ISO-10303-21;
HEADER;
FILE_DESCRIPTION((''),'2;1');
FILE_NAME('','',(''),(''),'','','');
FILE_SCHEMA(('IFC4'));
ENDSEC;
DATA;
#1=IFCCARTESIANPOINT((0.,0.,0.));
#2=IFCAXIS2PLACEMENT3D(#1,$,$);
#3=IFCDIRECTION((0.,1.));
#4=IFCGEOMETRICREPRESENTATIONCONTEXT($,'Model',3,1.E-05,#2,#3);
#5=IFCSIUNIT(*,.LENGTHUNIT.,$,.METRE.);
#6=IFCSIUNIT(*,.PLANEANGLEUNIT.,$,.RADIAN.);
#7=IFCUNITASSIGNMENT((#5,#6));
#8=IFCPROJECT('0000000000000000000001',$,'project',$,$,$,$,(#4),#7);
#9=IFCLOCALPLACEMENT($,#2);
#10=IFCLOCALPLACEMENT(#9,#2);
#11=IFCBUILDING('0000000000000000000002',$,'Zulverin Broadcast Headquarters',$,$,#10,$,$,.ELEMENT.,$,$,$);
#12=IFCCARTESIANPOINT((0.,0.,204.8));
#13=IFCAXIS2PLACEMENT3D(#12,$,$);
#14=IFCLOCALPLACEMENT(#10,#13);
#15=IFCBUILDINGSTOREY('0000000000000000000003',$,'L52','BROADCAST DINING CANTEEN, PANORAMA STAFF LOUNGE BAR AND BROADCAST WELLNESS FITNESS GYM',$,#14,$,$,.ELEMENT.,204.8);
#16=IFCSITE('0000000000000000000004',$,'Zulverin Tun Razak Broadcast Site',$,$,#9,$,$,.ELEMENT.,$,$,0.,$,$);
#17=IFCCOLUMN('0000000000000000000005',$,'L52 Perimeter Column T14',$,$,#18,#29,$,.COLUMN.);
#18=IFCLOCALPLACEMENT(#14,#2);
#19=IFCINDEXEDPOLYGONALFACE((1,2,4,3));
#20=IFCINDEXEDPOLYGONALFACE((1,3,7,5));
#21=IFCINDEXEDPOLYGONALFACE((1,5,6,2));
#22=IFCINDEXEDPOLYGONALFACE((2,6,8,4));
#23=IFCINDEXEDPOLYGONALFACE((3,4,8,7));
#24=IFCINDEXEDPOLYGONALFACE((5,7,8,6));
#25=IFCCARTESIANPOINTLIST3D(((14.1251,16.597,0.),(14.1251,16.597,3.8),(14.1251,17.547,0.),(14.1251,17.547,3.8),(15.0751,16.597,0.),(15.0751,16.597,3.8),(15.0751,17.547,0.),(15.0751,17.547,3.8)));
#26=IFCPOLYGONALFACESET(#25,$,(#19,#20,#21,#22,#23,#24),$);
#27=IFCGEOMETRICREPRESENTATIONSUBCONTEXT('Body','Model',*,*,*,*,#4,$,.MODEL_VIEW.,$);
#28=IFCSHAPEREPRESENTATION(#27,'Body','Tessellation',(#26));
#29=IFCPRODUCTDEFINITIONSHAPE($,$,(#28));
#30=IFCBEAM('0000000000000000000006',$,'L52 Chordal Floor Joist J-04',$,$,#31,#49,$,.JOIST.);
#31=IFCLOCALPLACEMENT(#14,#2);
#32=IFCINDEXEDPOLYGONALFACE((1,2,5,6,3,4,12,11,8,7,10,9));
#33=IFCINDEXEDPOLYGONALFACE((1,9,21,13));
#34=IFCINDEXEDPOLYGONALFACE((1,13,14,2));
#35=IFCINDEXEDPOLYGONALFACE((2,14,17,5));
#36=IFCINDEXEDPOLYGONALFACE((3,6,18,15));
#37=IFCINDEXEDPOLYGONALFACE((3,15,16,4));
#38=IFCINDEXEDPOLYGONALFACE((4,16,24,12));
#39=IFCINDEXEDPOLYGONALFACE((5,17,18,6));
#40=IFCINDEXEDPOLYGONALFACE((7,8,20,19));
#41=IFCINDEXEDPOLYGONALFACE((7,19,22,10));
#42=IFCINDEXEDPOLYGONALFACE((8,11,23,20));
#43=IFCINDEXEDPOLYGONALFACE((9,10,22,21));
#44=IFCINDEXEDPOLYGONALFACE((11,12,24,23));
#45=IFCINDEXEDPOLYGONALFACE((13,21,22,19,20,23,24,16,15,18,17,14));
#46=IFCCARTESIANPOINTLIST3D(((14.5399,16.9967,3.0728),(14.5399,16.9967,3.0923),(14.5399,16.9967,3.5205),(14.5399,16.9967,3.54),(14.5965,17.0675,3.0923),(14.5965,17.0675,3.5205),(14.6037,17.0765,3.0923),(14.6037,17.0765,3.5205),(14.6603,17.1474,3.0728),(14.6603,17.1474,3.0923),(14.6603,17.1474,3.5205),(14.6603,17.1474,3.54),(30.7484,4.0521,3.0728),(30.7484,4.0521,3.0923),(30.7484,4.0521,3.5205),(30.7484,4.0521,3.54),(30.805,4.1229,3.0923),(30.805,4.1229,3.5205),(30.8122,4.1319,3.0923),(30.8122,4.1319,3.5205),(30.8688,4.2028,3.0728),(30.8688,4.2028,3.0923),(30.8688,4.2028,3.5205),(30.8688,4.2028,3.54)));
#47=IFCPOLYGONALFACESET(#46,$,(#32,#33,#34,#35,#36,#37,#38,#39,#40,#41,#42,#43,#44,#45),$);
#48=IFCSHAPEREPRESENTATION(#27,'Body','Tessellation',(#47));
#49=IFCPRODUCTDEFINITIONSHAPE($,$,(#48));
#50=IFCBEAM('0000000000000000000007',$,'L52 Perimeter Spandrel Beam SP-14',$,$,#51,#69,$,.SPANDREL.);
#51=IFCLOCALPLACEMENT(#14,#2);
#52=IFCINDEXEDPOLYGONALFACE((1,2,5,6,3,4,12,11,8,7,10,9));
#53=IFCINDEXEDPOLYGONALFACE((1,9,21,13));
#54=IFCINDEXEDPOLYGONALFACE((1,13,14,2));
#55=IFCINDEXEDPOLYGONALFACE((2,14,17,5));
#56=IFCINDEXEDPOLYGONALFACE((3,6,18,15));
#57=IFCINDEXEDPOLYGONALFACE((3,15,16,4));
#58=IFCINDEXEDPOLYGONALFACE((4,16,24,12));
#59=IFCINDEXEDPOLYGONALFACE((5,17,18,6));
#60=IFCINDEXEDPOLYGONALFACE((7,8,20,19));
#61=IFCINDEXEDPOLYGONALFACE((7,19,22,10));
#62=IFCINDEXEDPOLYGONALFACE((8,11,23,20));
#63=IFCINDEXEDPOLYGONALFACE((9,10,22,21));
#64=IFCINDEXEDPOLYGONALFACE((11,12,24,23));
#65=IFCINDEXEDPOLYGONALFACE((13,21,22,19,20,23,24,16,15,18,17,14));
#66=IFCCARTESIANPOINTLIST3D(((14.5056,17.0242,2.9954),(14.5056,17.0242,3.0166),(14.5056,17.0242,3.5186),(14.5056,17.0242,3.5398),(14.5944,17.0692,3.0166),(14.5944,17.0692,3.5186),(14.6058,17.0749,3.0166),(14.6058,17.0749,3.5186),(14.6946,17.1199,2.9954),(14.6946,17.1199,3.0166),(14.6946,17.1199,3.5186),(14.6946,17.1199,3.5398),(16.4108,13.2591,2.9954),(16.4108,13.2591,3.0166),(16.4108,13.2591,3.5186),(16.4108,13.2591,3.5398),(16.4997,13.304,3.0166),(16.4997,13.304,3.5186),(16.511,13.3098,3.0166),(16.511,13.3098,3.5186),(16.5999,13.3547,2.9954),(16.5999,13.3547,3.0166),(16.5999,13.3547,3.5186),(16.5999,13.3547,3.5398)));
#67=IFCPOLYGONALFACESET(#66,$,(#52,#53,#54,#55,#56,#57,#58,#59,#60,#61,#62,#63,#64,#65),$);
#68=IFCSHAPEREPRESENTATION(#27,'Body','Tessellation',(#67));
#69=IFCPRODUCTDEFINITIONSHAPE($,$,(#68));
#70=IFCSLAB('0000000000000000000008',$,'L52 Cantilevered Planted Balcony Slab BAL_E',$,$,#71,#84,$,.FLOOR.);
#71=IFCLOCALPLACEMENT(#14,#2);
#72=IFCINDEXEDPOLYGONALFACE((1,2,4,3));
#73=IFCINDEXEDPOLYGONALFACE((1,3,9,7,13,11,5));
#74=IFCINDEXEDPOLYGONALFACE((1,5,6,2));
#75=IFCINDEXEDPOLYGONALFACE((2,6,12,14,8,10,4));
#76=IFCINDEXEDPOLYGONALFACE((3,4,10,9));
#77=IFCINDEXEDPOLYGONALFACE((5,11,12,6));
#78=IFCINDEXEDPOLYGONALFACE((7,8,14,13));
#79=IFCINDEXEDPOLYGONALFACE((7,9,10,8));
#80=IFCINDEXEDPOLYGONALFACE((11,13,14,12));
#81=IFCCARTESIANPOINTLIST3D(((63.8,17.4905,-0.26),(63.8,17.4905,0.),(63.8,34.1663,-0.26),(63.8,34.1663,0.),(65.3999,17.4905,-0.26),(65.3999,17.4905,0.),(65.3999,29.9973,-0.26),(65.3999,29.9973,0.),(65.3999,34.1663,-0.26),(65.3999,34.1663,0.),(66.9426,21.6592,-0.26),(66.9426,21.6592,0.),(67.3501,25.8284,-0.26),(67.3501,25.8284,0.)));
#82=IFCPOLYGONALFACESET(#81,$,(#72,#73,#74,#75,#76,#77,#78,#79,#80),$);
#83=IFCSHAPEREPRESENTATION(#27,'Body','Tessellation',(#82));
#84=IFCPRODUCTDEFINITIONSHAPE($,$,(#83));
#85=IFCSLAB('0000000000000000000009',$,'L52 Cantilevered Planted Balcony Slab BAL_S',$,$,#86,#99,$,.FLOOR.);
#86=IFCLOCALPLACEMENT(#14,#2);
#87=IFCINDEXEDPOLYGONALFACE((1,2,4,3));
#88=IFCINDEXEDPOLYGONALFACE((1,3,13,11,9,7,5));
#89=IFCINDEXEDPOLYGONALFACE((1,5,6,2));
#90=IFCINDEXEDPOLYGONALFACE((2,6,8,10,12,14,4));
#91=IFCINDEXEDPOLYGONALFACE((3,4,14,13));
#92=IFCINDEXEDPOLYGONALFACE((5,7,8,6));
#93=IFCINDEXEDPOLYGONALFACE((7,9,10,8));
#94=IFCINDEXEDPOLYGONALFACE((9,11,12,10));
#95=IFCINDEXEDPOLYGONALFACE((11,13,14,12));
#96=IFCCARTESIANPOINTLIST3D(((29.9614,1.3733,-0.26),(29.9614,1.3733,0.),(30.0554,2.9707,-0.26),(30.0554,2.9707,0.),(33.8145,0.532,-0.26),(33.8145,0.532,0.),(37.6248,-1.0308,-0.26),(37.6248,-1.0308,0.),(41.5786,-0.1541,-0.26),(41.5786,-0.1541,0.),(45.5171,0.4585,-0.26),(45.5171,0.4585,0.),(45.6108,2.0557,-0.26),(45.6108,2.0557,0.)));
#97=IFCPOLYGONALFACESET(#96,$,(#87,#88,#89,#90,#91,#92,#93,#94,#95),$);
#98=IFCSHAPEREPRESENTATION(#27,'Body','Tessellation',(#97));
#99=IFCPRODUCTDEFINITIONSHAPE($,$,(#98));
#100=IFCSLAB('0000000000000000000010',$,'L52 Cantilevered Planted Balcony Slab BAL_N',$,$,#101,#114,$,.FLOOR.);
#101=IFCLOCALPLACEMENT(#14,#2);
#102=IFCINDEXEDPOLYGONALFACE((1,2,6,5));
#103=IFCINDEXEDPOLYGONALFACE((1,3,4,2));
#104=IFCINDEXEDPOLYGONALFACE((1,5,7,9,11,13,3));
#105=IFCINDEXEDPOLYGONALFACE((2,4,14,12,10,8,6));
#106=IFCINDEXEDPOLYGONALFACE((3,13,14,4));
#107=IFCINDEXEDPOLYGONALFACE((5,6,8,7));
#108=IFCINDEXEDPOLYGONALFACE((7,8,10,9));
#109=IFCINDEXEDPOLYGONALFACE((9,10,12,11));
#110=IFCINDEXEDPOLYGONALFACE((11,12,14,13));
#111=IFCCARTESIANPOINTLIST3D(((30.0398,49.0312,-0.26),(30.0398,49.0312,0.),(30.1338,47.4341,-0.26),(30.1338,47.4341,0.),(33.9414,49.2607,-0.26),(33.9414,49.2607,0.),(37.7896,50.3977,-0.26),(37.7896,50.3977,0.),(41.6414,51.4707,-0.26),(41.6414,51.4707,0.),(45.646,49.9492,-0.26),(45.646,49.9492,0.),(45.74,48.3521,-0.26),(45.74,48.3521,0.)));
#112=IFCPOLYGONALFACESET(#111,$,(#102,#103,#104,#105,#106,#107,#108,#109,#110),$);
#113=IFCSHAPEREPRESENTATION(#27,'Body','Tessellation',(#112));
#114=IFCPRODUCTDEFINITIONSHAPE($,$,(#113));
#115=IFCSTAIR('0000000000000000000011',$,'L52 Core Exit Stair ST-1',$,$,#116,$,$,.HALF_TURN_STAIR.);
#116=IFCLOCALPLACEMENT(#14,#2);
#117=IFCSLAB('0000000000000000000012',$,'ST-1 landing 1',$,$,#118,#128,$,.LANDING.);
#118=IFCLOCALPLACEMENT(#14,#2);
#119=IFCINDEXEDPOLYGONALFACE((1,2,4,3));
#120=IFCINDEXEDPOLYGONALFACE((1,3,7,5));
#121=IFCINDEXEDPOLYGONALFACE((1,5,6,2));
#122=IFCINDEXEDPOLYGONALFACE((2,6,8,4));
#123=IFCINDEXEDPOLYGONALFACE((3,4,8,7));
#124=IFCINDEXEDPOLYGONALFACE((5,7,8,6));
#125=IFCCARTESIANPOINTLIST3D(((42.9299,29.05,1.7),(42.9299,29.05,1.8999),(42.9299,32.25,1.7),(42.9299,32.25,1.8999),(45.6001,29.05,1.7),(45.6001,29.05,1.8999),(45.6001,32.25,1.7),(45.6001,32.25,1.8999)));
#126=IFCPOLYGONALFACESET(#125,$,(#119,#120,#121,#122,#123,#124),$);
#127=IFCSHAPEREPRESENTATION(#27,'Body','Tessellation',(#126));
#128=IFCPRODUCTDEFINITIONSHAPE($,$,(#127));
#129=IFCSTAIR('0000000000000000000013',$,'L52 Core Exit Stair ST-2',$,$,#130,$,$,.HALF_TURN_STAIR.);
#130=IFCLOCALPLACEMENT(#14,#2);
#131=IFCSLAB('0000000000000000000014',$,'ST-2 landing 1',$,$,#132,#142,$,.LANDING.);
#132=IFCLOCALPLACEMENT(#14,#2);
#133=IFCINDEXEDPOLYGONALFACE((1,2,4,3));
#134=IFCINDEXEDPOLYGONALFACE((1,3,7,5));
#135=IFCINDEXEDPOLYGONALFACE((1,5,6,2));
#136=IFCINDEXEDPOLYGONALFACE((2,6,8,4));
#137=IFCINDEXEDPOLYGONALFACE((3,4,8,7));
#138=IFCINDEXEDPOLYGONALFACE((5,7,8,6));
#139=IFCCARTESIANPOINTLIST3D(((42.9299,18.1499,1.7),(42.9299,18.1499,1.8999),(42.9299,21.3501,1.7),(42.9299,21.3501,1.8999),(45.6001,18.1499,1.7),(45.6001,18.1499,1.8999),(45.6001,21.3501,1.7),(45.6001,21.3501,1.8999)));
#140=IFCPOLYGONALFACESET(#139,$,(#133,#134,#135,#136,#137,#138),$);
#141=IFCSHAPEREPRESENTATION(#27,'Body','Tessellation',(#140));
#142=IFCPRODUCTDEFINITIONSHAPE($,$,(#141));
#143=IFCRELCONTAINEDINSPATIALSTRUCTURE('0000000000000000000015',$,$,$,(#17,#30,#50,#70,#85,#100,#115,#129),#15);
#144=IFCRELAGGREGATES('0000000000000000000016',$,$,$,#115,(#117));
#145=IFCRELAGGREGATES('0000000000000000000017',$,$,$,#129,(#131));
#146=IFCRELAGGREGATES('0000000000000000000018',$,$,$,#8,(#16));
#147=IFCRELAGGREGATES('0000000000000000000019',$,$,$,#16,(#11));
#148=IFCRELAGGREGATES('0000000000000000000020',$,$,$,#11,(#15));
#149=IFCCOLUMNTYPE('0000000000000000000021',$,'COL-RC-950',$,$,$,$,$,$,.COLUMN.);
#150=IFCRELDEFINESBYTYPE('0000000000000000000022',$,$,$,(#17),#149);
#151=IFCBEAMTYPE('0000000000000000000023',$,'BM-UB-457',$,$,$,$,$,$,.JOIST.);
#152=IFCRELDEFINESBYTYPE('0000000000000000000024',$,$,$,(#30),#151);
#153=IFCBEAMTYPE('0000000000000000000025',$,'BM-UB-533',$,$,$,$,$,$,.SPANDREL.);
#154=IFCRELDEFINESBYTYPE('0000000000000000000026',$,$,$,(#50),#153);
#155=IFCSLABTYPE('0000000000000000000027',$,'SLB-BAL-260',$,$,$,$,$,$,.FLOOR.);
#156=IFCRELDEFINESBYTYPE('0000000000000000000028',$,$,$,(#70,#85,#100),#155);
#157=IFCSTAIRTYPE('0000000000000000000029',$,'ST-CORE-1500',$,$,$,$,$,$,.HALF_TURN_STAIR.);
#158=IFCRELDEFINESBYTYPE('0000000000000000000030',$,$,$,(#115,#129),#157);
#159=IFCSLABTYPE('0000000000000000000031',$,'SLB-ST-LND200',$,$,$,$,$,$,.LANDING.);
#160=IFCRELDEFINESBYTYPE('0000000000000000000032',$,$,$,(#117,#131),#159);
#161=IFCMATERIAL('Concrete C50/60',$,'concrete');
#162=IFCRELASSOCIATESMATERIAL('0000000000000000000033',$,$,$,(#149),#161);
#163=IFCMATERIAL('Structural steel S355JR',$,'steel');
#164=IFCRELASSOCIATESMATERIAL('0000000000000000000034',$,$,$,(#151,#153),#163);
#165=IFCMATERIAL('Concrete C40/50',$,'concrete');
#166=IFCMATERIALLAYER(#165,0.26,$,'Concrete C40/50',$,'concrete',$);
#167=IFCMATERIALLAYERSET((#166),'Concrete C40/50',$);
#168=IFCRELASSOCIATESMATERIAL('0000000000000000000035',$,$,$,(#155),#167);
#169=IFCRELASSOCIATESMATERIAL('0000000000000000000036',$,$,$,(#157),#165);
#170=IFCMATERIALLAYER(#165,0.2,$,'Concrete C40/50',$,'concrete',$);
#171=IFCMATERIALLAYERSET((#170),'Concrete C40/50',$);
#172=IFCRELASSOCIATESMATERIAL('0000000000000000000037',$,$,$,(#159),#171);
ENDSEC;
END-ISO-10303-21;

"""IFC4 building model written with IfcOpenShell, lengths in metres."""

from ifc_helpers import new_model, si_unit, direction, frame, origin, origin_2d, place, context, subcontext, project, spatial, polyline, rectangle, i_section, outline, extrude, material, layer, layer_set, material_profile, profile_set, type_object, element, aggregate, save


model = new_model("IFC4")

# Units and contexts
model_context = context("Model", 3, precision=1e-05, world=origin(), true_north=direction((0.0, 1.0)))
body_context = subcontext(model_context, "Body", "Model", "MODEL_VIEW")
ifc_project = project(units=[si_unit("LENGTHUNIT", "METRE"), si_unit("PLANEANGLEUNIT", "RADIAN")], contexts=[model_context])

# Site, building, storey
site_placement = place(None, origin())
site = spatial("IfcSite", under=ifc_project, at=site_placement, Name="Zulverin Tun Razak Broadcast Site", CompositionType="ELEMENT", RefElevation=0.0)
building_placement = place(site_placement, origin())
building = spatial("IfcBuilding", under=site, at=building_placement, Name="Zulverin Broadcast Headquarters", CompositionType="ELEMENT")
storey_placement = place(building_placement, frame((0.0, 0.0, 204.8)))
storey = spatial("IfcBuildingStorey", under=building, at=storey_placement, Name="L52", Description="BROADCAST DINING CANTEEN, PANORAMA STAFF LOUNGE BAR AND BROADCAST WELLNESS FITNESS GYM", CompositionType="ELEMENT", Elevation=204.8)

# Column
ifc_material_1 = material(Name="Concrete C50/60", Category="concrete")
ifc_material_profile_1 = material_profile(ifc_material_1, rectangle(XDim=0.95, YDim=0.95, at=origin_2d()), Name="Concrete C50/60", Category="concrete")
ifc_profile_set_1 = profile_set([ifc_material_profile_1], Name="Concrete C50/60")
column_type = type_object("IfcColumnType", Name="COL-RC-950", PredefinedType="COLUMN", material=ifc_profile_set_1)
column_placement = place(storey_placement, frame((14.6001, 17.072, 0.0), z_axis=(0.0, 0.0, 1.0), x_axis=(1.0, 0.0, 0.0)))
element("IfcColumn", 1, at=column_placement, inside=storey, type_object=column_type, Name="L52 Perimeter Column T14", PredefinedType="COLUMN", context=body_context, shape_type="SweptSolid", body=[
    extrude(rectangle(XDim=0.95, YDim=0.95, at=origin_2d()), origin(), (0.0, 0.0, 1.0), 3.8),
])

# Beams
ifc_material_2 = material(Name="Structural steel S355JR", Category="steel")
ifc_material_profile_2 = material_profile(ifc_material_2, i_section(OverallWidth=0.1929, OverallDepth=0.4673, WebThickness=0.0115, FlangeThickness=0.0195, at=origin_2d()), Name="Structural steel S355JR", Category="steel")
ifc_profile_set_2 = profile_set([ifc_material_profile_2], Name="Structural steel S355JR")
beam_type_1 = type_object("IfcBeamType", Name="BM-UB-457", PredefinedType="JOIST", material=ifc_profile_set_2)
beam_1_placement = place(storey_placement, frame((14.6001, 17.072, 3.3064), z_axis=(0.781391, -0.624042, 0.0), x_axis=(0.624042, 0.781391, 0.0)))
element("IfcBeam", 2, at=beam_1_placement, inside=storey, type_object=beam_type_1, Name="L52 Chordal Floor Joist J-04", PredefinedType="JOIST", context=body_context, shape_type="SweptSolid", body=[
    extrude(i_section(OverallWidth=0.1929, OverallDepth=0.4673, WebThickness=0.0115, FlangeThickness=0.0195, at=origin_2d()), origin(), (0.0, 0.0, 1.0), 20.7432),
])
ifc_material_profile_3 = material_profile(ifc_material_2, i_section(OverallWidth=0.2119, OverallDepth=0.5444, WebThickness=0.0127, FlangeThickness=0.0212, at=origin_2d()), Name="Structural steel S355JR", Category="steel")
ifc_profile_set_3 = profile_set([ifc_material_profile_3], Name="Structural steel S355JR")
beam_type_2 = type_object("IfcBeamType", Name="BM-UB-533", PredefinedType="SPANDREL", material=ifc_profile_set_3)
beam_2_placement = place(storey_placement, frame((14.6001, 17.072, 3.2676), z_axis=(0.451513, -0.892265, 0.0), x_axis=(0.892265, 0.451513, 0.0)))
element("IfcBeam", 3, at=beam_2_placement, inside=storey, type_object=beam_type_2, Name="L52 Perimeter Spandrel Beam SP-14", PredefinedType="SPANDREL", context=body_context, shape_type="SweptSolid", body=[
    extrude(i_section(OverallWidth=0.2119, OverallDepth=0.5444, WebThickness=0.0127, FlangeThickness=0.0212, at=origin_2d()), origin(), (0.0, 0.0, 1.0), 4.2197),
])

# Slabs
ifc_material_3 = material(Name="Concrete C40/50", Category="concrete")
ifc_layer_1 = layer(ifc_material_3, 0.26, Name="Concrete C40/50", Category="concrete")
ifc_layer_set_1 = layer_set([ifc_layer_1], Name="Concrete C40/50")
slab_type_1 = type_object("IfcSlabType", Name="SLB-BAL-260", PredefinedType="FLOOR", material=ifc_layer_set_1)
slab_1_placement = place(storey_placement, frame((0.0, 0.0, -0.26)))
element("IfcSlab", 4, at=slab_1_placement, inside=storey, type_object=slab_type_1, Name="L52 Cantilevered Planted Balcony Slab BAL_E", PredefinedType="FLOOR", context=body_context, shape_type="SweptSolid", body=[
    extrude(outline(polyline([(63.8, 34.1663), (63.8, 17.4905), (65.3999, 17.4905), (66.9426, 21.6592), (67.3501, 25.8284), (65.3999, 29.9973), (65.3999, 34.1663), (63.8, 34.1663)])), origin(), (0.0, 0.0, 1.0), 0.26),
])
slab_2_placement = place(storey_placement, frame((0.0, 0.0, -0.26)))
element("IfcSlab", 5, at=slab_2_placement, inside=storey, type_object=slab_type_1, Name="L52 Cantilevered Planted Balcony Slab BAL_S", PredefinedType="FLOOR", context=body_context, shape_type="SweptSolid", body=[
    extrude(outline(polyline([(45.6108, 2.0557), (30.0554, 2.9707), (29.9614, 1.3733), (33.8145, 0.532), (37.6248, -1.0308), (41.5786, -0.1541), (45.5171, 0.4585), (45.6108, 2.0557)])), origin(), (0.0, 0.0, 1.0), 0.26),
])
slab_3_placement = place(storey_placement, frame((0.0, 0.0, -0.26)))
element("IfcSlab", 6, at=slab_3_placement, inside=storey, type_object=slab_type_1, Name="L52 Cantilevered Planted Balcony Slab BAL_N", PredefinedType="FLOOR", context=body_context, shape_type="SweptSolid", body=[
    extrude(outline(polyline([(30.1338, 47.4341), (45.74, 48.3521), (45.646, 49.9492), (41.6414, 51.4707), (37.7896, 50.3977), (33.9414, 49.2607), (30.0398, 49.0312), (30.1338, 47.4341)])), origin(), (0.0, 0.0, 1.0), 0.26),
])

# Stairs, slabs
stair_type = type_object("IfcStairType", Name="ST-CORE-1500", PredefinedType="HALF_TURN_STAIR", material=ifc_material_3)
stair_1_placement = place(storey_placement, origin())
stair_1 = element("IfcStair", 7, at=stair_1_placement, inside=storey, type_object=stair_type, Name="L52 Core Exit Stair ST-1", PredefinedType="HALF_TURN_STAIR")
ifc_layer_2 = layer(ifc_material_3, 0.2, Name="Concrete C40/50", Category="concrete")
ifc_layer_set_2 = layer_set([ifc_layer_2], Name="Concrete C40/50")
slab_type_2 = type_object("IfcSlabType", Name="SLB-ST-LND200", PredefinedType="LANDING", material=ifc_layer_set_2)
slab_4_placement = place(storey_placement, frame((0.0, 0.0, 1.7)))
slab_4 = element("IfcSlab", 8, at=slab_4_placement, type_object=slab_type_2, Name="ST-1 landing 1", PredefinedType="LANDING", context=body_context, shape_type="SweptSolid", body=[
    extrude(outline(polyline([(42.9299, 29.05), (45.6001, 29.05), (45.6001, 32.25), (42.9299, 32.25), (42.9299, 29.05)])), origin(), (0.0, 0.0, 1.0), 0.2),
])
aggregate(stair_1, [slab_4])
stair_2_placement = place(storey_placement, origin())
stair_2 = element("IfcStair", 9, at=stair_2_placement, inside=storey, type_object=stair_type, Name="L52 Core Exit Stair ST-2", PredefinedType="HALF_TURN_STAIR")
slab_5_placement = place(storey_placement, frame((0.0, 0.0, 1.7)))
slab_5 = element("IfcSlab", 10, at=slab_5_placement, type_object=slab_type_2, Name="ST-2 landing 1", PredefinedType="LANDING", context=body_context, shape_type="SweptSolid", body=[
    extrude(outline(polyline([(42.9299, 18.1499), (45.6001, 18.1499), (45.6001, 21.3501), (42.9299, 21.3501), (42.9299, 18.1499)])), origin(), (0.0, 0.0, 1.0), 0.2),
])
aggregate(stair_2, [slab_5])

save(model, "model.ifc")
